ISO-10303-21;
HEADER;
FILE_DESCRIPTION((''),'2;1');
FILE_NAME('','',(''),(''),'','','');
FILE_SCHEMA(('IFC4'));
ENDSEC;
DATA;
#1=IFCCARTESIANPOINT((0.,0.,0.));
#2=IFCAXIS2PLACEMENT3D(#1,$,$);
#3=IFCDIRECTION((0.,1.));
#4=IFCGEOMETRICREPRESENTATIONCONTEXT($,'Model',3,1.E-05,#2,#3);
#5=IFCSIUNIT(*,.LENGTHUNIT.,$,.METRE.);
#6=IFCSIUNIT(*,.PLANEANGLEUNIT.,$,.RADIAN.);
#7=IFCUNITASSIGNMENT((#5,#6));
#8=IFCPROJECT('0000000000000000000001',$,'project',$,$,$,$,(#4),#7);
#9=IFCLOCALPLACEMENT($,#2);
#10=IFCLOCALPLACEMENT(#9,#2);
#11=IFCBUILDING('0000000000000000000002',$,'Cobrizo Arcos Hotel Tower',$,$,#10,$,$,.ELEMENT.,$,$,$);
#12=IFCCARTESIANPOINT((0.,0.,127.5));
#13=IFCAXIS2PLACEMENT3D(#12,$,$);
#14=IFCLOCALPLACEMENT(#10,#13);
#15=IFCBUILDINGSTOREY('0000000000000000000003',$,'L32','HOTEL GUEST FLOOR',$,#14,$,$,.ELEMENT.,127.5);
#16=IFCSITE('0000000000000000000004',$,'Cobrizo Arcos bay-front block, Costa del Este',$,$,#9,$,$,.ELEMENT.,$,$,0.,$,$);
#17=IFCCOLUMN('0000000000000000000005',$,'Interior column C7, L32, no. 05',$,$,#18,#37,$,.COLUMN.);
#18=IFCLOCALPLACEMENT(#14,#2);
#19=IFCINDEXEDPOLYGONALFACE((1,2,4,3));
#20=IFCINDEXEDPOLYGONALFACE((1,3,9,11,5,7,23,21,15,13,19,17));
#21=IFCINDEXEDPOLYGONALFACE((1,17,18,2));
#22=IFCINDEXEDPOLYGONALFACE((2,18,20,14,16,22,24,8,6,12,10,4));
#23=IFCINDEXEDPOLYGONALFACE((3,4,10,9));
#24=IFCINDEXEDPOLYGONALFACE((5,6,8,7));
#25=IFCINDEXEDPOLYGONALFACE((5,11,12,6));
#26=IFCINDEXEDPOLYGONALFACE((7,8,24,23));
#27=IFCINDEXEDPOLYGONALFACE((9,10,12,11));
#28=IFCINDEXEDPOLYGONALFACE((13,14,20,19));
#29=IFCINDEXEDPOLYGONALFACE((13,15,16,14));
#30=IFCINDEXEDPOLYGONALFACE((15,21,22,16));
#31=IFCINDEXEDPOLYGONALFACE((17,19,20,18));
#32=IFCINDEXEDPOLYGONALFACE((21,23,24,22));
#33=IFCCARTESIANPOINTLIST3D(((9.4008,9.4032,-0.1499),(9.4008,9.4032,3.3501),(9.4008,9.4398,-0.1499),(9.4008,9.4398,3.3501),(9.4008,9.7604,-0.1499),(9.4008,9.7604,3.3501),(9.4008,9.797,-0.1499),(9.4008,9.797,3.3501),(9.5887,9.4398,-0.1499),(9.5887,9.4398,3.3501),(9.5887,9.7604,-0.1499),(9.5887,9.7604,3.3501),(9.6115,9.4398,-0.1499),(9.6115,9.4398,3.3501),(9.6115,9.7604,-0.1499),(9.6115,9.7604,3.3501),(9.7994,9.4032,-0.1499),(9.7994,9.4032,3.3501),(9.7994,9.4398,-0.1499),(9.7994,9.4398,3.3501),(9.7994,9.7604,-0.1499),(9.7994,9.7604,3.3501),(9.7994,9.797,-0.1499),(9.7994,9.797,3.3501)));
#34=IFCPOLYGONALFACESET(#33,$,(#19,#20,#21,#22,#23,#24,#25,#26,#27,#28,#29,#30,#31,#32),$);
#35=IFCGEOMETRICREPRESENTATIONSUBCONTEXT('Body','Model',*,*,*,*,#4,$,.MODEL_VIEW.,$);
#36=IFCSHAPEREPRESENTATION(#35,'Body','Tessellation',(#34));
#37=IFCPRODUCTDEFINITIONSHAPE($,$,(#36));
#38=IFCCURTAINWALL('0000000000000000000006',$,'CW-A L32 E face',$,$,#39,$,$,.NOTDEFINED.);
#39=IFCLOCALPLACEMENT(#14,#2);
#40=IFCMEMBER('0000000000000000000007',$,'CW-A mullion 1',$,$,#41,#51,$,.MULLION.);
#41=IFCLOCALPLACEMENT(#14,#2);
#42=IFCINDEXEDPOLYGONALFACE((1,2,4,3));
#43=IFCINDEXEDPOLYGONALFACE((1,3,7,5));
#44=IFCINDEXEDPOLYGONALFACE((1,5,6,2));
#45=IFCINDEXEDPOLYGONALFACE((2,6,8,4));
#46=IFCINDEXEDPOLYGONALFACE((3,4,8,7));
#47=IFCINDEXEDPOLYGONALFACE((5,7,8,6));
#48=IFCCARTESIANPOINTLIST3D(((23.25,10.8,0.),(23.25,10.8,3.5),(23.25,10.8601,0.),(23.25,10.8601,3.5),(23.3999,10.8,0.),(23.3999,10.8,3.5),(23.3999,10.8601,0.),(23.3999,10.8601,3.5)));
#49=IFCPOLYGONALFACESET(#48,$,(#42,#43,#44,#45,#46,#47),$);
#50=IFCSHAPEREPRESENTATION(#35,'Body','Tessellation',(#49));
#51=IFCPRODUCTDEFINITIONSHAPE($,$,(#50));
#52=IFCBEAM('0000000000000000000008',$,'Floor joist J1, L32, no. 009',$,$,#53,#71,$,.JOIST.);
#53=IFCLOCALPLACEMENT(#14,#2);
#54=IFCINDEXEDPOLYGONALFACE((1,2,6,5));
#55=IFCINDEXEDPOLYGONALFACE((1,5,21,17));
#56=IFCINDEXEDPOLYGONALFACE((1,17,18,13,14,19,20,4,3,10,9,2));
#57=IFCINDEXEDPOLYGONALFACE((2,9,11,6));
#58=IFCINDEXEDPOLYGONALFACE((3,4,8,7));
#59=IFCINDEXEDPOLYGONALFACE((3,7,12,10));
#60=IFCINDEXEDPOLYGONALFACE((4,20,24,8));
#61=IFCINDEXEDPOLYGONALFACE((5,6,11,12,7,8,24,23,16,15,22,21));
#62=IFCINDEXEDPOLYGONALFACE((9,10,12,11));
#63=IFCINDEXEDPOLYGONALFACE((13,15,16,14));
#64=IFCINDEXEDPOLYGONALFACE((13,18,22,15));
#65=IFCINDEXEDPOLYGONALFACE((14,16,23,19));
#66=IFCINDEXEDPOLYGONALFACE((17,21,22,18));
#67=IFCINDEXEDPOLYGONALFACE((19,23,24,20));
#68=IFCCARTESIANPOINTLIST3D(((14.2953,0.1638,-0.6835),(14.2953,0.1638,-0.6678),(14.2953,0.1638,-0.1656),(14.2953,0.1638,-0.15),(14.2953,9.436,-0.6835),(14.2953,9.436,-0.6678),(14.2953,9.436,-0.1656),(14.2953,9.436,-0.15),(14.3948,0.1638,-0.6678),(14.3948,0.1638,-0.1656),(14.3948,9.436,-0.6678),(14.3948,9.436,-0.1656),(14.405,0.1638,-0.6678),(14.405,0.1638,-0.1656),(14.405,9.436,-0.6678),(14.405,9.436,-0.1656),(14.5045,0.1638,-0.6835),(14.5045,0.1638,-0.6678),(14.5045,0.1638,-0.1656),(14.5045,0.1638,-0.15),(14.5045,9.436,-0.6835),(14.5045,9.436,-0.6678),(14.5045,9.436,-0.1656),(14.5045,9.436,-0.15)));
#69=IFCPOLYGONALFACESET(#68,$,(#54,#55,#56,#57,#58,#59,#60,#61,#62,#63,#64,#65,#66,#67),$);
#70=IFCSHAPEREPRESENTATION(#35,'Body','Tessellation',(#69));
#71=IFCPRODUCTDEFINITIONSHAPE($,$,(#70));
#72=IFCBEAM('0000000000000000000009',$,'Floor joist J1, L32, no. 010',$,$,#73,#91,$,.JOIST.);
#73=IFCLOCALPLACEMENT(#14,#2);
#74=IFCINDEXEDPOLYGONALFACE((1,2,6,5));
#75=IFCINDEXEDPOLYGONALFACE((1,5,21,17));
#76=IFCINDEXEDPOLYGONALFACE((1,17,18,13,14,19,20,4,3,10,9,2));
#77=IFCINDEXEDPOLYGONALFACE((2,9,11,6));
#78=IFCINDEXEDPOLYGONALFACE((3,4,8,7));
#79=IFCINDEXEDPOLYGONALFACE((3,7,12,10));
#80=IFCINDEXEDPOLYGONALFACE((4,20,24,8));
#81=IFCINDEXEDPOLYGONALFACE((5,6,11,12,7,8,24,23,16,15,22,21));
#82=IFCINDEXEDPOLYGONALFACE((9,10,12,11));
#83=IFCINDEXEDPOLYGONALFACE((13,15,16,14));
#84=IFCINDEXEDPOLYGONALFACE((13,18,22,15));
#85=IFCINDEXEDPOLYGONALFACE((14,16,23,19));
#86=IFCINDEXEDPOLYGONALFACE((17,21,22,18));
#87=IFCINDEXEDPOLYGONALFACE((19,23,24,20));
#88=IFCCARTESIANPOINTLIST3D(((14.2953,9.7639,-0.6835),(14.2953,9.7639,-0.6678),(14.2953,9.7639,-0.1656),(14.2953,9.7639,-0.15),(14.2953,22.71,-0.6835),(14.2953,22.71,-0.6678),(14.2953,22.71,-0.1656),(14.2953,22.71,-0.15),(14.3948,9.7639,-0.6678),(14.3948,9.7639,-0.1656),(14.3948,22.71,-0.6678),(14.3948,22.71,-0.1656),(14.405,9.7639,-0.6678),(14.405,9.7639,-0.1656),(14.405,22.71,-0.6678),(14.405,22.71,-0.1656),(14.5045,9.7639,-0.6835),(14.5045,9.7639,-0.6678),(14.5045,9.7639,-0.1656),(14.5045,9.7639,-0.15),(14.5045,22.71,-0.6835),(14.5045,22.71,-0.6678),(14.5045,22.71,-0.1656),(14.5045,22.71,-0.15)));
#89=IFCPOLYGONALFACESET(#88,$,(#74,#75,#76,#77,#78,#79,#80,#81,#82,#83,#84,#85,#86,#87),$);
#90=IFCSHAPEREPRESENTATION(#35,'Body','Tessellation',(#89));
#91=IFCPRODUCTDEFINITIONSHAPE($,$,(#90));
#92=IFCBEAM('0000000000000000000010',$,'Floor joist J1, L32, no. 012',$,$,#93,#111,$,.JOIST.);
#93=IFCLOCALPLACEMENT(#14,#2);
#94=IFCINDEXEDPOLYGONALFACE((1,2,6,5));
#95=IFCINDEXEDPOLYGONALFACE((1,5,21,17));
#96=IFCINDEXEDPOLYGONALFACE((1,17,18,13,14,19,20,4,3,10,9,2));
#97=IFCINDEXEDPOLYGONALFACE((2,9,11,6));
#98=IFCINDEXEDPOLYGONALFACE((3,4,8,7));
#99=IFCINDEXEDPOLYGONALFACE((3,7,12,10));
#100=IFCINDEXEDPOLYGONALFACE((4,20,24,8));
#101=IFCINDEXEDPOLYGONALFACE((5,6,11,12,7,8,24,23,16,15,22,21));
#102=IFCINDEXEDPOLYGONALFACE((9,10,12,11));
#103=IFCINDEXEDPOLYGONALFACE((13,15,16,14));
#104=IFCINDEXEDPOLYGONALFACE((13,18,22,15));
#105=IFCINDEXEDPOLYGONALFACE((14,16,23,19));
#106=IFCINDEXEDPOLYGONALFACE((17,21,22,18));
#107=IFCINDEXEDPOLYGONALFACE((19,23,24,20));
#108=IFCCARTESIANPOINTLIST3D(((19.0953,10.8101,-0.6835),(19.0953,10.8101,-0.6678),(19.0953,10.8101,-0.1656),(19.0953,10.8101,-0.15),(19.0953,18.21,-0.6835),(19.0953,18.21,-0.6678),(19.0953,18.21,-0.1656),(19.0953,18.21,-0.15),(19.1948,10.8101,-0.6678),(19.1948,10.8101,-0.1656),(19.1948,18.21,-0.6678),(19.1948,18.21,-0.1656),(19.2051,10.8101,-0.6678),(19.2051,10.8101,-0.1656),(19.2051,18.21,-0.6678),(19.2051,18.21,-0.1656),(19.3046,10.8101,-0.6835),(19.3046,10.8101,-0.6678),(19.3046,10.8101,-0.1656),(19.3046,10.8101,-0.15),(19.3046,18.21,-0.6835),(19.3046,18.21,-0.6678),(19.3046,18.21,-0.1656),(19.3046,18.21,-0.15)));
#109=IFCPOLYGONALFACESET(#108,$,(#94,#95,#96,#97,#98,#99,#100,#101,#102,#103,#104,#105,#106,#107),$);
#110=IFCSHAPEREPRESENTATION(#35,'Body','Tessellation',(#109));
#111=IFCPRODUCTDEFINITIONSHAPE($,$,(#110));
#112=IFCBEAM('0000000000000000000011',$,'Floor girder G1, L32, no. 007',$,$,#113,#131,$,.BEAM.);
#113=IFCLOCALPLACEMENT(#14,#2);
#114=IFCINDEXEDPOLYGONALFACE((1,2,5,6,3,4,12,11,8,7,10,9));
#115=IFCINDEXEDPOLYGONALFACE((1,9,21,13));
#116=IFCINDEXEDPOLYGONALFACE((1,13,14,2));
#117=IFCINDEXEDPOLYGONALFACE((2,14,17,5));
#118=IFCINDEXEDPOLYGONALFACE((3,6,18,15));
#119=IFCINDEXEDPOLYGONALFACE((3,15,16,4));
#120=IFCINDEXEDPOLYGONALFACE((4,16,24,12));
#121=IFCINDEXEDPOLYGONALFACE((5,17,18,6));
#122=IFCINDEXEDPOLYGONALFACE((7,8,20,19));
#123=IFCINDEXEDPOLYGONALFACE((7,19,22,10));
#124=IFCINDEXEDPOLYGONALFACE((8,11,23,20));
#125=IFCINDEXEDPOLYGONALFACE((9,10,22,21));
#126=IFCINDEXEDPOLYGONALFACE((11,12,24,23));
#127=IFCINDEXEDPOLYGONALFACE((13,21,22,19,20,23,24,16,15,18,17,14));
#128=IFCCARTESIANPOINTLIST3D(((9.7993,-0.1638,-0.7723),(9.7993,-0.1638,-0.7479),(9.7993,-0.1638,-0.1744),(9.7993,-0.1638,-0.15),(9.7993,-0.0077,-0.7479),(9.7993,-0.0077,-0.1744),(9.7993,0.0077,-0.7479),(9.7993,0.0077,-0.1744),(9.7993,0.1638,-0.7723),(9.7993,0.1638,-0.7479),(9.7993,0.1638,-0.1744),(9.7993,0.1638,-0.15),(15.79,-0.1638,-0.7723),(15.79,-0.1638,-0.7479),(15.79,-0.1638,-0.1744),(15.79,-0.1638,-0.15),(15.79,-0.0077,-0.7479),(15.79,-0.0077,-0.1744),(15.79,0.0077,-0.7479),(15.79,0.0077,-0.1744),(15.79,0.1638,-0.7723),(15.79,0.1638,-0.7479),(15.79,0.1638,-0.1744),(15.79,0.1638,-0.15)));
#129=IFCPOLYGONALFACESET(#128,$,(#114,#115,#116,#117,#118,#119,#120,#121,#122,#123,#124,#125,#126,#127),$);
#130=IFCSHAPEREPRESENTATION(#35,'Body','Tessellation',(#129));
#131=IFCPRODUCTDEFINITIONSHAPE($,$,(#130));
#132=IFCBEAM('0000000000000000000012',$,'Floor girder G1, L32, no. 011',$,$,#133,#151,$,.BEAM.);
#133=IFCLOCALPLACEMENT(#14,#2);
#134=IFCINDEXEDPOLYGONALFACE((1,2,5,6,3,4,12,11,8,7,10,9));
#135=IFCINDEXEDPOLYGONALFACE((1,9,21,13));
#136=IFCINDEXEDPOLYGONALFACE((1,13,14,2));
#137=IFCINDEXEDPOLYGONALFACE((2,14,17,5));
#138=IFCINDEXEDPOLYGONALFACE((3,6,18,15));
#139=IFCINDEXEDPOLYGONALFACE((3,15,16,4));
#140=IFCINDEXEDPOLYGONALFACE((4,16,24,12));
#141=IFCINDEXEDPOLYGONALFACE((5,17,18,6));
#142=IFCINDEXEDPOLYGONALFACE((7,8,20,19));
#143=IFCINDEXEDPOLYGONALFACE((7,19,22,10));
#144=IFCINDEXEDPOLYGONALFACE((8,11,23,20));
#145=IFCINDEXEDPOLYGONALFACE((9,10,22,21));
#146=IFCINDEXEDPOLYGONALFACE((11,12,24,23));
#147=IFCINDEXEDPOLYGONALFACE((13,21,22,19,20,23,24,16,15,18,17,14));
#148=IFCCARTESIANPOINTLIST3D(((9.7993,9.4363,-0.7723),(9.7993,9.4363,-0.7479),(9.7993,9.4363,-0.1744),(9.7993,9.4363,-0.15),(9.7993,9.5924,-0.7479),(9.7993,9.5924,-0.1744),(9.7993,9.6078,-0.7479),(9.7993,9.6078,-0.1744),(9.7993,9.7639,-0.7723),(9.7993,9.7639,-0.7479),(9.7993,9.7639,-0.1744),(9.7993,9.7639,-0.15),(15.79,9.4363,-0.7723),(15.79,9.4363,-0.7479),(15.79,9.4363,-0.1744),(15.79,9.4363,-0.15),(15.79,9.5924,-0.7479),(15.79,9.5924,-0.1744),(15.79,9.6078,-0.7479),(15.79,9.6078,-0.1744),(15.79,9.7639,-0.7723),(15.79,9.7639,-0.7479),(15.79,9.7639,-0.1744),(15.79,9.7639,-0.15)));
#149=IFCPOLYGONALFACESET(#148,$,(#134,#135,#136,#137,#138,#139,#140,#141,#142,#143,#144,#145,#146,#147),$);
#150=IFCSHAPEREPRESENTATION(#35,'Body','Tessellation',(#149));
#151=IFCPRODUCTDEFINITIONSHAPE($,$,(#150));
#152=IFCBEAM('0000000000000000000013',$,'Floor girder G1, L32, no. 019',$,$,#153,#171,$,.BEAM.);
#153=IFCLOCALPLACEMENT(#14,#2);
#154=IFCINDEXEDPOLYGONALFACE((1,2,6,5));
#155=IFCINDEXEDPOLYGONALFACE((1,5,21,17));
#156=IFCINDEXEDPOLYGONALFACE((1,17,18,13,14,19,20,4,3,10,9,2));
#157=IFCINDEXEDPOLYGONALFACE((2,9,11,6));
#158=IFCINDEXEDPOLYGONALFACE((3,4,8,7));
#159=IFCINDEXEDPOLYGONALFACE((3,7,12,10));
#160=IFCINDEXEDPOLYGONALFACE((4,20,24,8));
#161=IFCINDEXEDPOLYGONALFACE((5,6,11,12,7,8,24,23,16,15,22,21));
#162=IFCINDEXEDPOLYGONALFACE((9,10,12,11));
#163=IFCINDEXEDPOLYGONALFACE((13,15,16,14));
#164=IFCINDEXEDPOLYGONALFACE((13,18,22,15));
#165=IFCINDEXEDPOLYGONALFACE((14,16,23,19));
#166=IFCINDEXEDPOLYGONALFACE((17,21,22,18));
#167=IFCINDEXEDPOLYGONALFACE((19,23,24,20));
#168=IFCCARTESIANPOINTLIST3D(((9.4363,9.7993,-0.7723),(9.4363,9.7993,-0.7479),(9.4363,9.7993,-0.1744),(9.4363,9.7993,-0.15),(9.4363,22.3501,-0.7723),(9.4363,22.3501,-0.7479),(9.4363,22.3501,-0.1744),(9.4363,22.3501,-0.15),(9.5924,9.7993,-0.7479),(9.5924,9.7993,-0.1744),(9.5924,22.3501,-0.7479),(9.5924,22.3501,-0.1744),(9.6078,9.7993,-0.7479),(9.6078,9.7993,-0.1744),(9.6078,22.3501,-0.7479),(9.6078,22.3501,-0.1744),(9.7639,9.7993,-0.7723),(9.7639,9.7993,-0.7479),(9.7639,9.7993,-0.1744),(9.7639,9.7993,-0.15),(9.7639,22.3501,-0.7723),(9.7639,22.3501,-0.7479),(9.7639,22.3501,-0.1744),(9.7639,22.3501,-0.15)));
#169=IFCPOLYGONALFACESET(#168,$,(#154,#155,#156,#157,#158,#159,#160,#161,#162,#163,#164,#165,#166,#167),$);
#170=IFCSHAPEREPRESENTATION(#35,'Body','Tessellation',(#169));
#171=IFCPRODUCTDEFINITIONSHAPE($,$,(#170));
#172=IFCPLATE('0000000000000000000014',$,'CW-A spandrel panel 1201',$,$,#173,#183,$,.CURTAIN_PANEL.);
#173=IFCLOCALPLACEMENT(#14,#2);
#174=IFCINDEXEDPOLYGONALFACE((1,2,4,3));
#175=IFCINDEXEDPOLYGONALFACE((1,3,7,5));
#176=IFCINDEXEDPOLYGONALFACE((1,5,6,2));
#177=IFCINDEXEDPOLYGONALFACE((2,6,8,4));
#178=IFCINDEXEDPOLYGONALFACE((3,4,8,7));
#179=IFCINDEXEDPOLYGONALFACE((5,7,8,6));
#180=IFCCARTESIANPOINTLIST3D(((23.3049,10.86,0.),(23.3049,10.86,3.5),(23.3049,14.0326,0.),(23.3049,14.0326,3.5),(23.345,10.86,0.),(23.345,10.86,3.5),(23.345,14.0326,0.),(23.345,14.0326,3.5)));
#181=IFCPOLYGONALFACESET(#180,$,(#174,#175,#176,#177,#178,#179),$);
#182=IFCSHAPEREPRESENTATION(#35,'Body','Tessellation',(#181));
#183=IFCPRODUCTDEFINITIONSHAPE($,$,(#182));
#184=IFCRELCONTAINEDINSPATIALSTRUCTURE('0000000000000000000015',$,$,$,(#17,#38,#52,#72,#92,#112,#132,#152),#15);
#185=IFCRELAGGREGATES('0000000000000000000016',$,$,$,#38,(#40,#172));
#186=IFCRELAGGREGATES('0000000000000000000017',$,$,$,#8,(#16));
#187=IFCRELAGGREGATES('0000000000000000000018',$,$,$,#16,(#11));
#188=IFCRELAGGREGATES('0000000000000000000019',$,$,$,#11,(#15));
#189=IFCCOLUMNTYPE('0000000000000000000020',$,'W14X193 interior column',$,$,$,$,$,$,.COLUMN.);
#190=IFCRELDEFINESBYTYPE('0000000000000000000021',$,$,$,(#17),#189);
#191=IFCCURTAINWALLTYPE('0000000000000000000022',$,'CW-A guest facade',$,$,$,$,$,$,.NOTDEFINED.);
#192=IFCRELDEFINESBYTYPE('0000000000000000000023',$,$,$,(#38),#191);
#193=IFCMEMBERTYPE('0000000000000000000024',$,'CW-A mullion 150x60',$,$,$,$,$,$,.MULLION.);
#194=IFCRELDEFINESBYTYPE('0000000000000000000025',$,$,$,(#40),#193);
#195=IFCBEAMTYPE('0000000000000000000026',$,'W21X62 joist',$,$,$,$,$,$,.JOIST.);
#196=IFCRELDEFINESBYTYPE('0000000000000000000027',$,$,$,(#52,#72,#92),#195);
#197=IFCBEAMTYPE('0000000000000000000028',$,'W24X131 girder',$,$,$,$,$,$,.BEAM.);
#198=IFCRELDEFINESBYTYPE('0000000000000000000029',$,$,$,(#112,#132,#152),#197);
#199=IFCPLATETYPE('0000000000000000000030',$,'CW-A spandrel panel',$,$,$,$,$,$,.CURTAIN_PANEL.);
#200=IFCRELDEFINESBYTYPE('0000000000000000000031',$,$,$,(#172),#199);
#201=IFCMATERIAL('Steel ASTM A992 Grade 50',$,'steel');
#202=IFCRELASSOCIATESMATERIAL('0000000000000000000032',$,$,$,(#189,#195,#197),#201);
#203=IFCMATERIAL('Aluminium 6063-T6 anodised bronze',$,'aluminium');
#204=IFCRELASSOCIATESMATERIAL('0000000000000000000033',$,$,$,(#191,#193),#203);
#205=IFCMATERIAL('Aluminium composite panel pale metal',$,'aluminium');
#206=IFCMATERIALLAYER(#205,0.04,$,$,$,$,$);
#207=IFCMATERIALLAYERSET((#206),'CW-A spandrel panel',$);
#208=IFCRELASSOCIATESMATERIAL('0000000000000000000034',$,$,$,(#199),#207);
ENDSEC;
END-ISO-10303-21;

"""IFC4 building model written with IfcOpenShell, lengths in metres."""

from ifc_helpers import new_model, si_unit, direction, frame, origin, origin_2d, place, context, subcontext, project, spatial, rectangle, i_section, extrude, material, layer, layer_set, material_profile, profile_set, type_object, element, aggregate, save


model = new_model("IFC4")

# Units and contexts
model_context = context("Model", 3, precision=1e-05, world=origin(), true_north=direction((0.0, 1.0)))
body_context = subcontext(model_context, "Body", "Model", "MODEL_VIEW")
ifc_project = project(units=[si_unit("LENGTHUNIT", "METRE"), si_unit("PLANEANGLEUNIT", "RADIAN")], contexts=[model_context])

# Site, building, storey
site_placement = place(None, origin())
site = spatial("IfcSite", under=ifc_project, at=site_placement, Name="Cobrizo Arcos bay-front block, Costa del Este", CompositionType="ELEMENT", RefElevation=0.0)
building_placement = place(site_placement, origin())
building = spatial("IfcBuilding", under=site, at=building_placement, Name="Cobrizo Arcos Hotel Tower", CompositionType="ELEMENT")
storey_placement = place(building_placement, frame((0.0, 0.0, 127.5)))
storey = spatial("IfcBuildingStorey", under=building, at=storey_placement, Name="L32", Description="HOTEL GUEST FLOOR", CompositionType="ELEMENT", Elevation=127.5)

# Column
ifc_material_1 = material(Name="Steel ASTM A992 Grade 50", Category="steel")
ifc_material_profile_1 = material_profile(ifc_material_1, i_section(OverallWidth=0.3987, OverallDepth=0.3938, WebThickness=0.0227, FlangeThickness=0.0366, at=origin_2d()), Name="W14X193")
ifc_profile_set_1 = profile_set([ifc_material_profile_1], Name="Steel ASTM A992 Grade 50")
column_type = type_object("IfcColumnType", Name="W14X193 interior column", PredefinedType="COLUMN", material=ifc_profile_set_1)
column_placement = place(storey_placement, frame((9.6001, 9.6001, -0.1499), z_axis=(0.0, 0.0, 1.0), x_axis=(1.0, 0.0, 0.0)))
element("IfcColumn", 1, at=column_placement, inside=storey, type_object=column_type, Name="Interior column C7, L32, no. 05", PredefinedType="COLUMN", context=body_context, shape_type="SweptSolid", body=[
    extrude(i_section(OverallWidth=0.3987, OverallDepth=0.3938, WebThickness=0.0227, FlangeThickness=0.0366, at=origin_2d()), origin(), (0.0, 0.0, 1.0), 3.5),
])

# Curtain wall, member
ifc_material_2 = material(Name="Aluminium 6063-T6 anodised bronze", Category="aluminium")
curtain_wall_type = type_object("IfcCurtainWallType", Name="CW-A guest facade", PredefinedType="NOTDEFINED", material=ifc_material_2)
curtain_wall_placement = place(storey_placement, origin())
curtain_wall = element("IfcCurtainWall", 2, at=curtain_wall_placement, inside=storey, type_object=curtain_wall_type, Name="CW-A L32 E face", PredefinedType="NOTDEFINED")
ifc_material_profile_2 = material_profile(ifc_material_2, rectangle(XDim=0.1499, YDim=0.0601, at=origin_2d()), Name="CW-A mullion 150x60")
ifc_profile_set_2 = profile_set([ifc_material_profile_2], Name="Aluminium 6063-T6 anodised bronze")
member_type = type_object("IfcMemberType", Name="CW-A mullion 150x60", PredefinedType="MULLION", material=ifc_profile_set_2)
member_placement = place(storey_placement, frame((23.325, 10.8301, 0.0), z_axis=(0.0, 0.0, 1.0), x_axis=(1.0, 0.0, 0.0)))
member = element("IfcMember", 3, at=member_placement, type_object=member_type, Name="CW-A mullion 1", PredefinedType="MULLION", context=body_context, shape_type="SweptSolid", body=[
    extrude(rectangle(XDim=0.1499, YDim=0.0601, at=origin_2d()), origin(), (0.0, 0.0, 1.0), 3.5),
])

# Beams
ifc_material_profile_3 = material_profile(ifc_material_1, i_section(OverallWidth=0.2092, OverallDepth=0.5334, WebThickness=0.0103, FlangeThickness=0.0156, at=origin_2d()), Name="W21X62")
ifc_profile_set_3 = profile_set([ifc_material_profile_3], Name="Steel ASTM A992 Grade 50")
beam_type_1 = type_object("IfcBeamType", Name="W21X62 joist", PredefinedType="JOIST", material=ifc_profile_set_3)
beam_1_placement = place(storey_placement, frame((14.3999, 0.1638, -0.4167), z_axis=(0.0, 1.0, 0.0), x_axis=(-1.0, 0.0, 0.0)))
element("IfcBeam", 4, at=beam_1_placement, inside=storey, type_object=beam_type_1, Name="Floor joist J1, L32, no. 009", PredefinedType="JOIST", context=body_context, shape_type="SweptSolid", body=[
    extrude(i_section(OverallWidth=0.2092, OverallDepth=0.5334, WebThickness=0.0103, FlangeThickness=0.0156, at=origin_2d()), origin(), (0.0, 0.0, 1.0), 9.2722),
])
beam_2_placement = place(storey_placement, frame((14.3999, 9.7639, -0.4167), z_axis=(0.0, 1.0, 0.0), x_axis=(-1.0, 0.0, 0.0)))
element("IfcBeam", 5, at=beam_2_placement, inside=storey, type_object=beam_type_1, Name="Floor joist J1, L32, no. 010", PredefinedType="JOIST", context=body_context, shape_type="SweptSolid", body=[
    extrude(i_section(OverallWidth=0.2092, OverallDepth=0.5334, WebThickness=0.0103, FlangeThickness=0.0156, at=origin_2d()), origin(), (0.0, 0.0, 1.0), 12.946),
])
beam_3_placement = place(storey_placement, frame((19.2, 10.8101, -0.4167), z_axis=(0.0, 1.0, 0.0), x_axis=(-1.0, 0.0, 0.0)))
element("IfcBeam", 6, at=beam_3_placement, inside=storey, type_object=beam_type_1, Name="Floor joist J1, L32, no. 012", PredefinedType="JOIST", context=body_context, shape_type="SweptSolid", body=[
    extrude(i_section(OverallWidth=0.2092, OverallDepth=0.5334, WebThickness=0.0103, FlangeThickness=0.0156, at=origin_2d()), origin(), (0.0, 0.0, 1.0), 7.3999),
])
ifc_material_profile_4 = material_profile(ifc_material_1, i_section(OverallWidth=0.3276, OverallDepth=0.6223, WebThickness=0.0154, FlangeThickness=0.0244, at=origin_2d()), Name="W24X131")
ifc_profile_set_4 = profile_set([ifc_material_profile_4], Name="Steel ASTM A992 Grade 50")
beam_type_2 = type_object("IfcBeamType", Name="W24X131 girder", PredefinedType="BEAM", material=ifc_profile_set_4)
for number, where, z_axis, x_axis, name in (
    (7, (9.7993, 0.0, -0.4612), (1.0, 0.0, 0.0), (0.0, 1.0, 0.0), "Floor girder G1, L32, no. 007"),
    (8, (9.7993, 9.6001, -0.4612), (1.0, 0.0, 0.0), (0.0, 1.0, 0.0), "Floor girder G1, L32, no. 011"),
):
    element("IfcBeam", number, at=place(storey_placement, frame(where, z_axis=z_axis, x_axis=x_axis)), inside=storey, type_object=beam_type_2, Name=name, PredefinedType="BEAM", context=body_context, shape_type="SweptSolid", body=[
        extrude(i_section(OverallWidth=0.3276, OverallDepth=0.6223, WebThickness=0.0154, FlangeThickness=0.0244, at=origin_2d()), origin(), (0.0, 0.0, 1.0), 5.9907),
    ])
beam_4_placement = place(storey_placement, frame((9.6001, 9.7993, -0.4612), z_axis=(0.0, 1.0, 0.0), x_axis=(-1.0, 0.0, 0.0)))
element("IfcBeam", 9, at=beam_4_placement, inside=storey, type_object=beam_type_2, Name="Floor girder G1, L32, no. 019", PredefinedType="BEAM", context=body_context, shape_type="SweptSolid", body=[
    extrude(i_section(OverallWidth=0.3276, OverallDepth=0.6223, WebThickness=0.0154, FlangeThickness=0.0244, at=origin_2d()), origin(), (0.0, 0.0, 1.0), 12.5508),
])

# Plate
ifc_material_3 = material(Name="Aluminium composite panel pale metal", Category="aluminium")
ifc_layer_1 = layer(ifc_material_3, 0.04)
ifc_layer_set_1 = layer_set([ifc_layer_1], Name="CW-A spandrel panel")
plate_type = type_object("IfcPlateType", Name="CW-A spandrel panel", PredefinedType="CURTAIN_PANEL", material=ifc_layer_set_1)
plate_placement = place(storey_placement, frame((23.325, 12.4463, 0.0), z_axis=(0.0, 0.0, 1.0), x_axis=(0.0, 1.0, 0.0)))
plate = element("IfcPlate", 10, at=plate_placement, type_object=plate_type, Name="CW-A spandrel panel 1201", PredefinedType="CURTAIN_PANEL", context=body_context, shape_type="SweptSolid", body=[
    extrude(rectangle(XDim=3.1726, YDim=0.04, at=origin_2d()), origin(), (0.0, 0.0, 1.0), 3.5),
])
aggregate(curtain_wall, [member, plate])

save(model, "model.ifc")
